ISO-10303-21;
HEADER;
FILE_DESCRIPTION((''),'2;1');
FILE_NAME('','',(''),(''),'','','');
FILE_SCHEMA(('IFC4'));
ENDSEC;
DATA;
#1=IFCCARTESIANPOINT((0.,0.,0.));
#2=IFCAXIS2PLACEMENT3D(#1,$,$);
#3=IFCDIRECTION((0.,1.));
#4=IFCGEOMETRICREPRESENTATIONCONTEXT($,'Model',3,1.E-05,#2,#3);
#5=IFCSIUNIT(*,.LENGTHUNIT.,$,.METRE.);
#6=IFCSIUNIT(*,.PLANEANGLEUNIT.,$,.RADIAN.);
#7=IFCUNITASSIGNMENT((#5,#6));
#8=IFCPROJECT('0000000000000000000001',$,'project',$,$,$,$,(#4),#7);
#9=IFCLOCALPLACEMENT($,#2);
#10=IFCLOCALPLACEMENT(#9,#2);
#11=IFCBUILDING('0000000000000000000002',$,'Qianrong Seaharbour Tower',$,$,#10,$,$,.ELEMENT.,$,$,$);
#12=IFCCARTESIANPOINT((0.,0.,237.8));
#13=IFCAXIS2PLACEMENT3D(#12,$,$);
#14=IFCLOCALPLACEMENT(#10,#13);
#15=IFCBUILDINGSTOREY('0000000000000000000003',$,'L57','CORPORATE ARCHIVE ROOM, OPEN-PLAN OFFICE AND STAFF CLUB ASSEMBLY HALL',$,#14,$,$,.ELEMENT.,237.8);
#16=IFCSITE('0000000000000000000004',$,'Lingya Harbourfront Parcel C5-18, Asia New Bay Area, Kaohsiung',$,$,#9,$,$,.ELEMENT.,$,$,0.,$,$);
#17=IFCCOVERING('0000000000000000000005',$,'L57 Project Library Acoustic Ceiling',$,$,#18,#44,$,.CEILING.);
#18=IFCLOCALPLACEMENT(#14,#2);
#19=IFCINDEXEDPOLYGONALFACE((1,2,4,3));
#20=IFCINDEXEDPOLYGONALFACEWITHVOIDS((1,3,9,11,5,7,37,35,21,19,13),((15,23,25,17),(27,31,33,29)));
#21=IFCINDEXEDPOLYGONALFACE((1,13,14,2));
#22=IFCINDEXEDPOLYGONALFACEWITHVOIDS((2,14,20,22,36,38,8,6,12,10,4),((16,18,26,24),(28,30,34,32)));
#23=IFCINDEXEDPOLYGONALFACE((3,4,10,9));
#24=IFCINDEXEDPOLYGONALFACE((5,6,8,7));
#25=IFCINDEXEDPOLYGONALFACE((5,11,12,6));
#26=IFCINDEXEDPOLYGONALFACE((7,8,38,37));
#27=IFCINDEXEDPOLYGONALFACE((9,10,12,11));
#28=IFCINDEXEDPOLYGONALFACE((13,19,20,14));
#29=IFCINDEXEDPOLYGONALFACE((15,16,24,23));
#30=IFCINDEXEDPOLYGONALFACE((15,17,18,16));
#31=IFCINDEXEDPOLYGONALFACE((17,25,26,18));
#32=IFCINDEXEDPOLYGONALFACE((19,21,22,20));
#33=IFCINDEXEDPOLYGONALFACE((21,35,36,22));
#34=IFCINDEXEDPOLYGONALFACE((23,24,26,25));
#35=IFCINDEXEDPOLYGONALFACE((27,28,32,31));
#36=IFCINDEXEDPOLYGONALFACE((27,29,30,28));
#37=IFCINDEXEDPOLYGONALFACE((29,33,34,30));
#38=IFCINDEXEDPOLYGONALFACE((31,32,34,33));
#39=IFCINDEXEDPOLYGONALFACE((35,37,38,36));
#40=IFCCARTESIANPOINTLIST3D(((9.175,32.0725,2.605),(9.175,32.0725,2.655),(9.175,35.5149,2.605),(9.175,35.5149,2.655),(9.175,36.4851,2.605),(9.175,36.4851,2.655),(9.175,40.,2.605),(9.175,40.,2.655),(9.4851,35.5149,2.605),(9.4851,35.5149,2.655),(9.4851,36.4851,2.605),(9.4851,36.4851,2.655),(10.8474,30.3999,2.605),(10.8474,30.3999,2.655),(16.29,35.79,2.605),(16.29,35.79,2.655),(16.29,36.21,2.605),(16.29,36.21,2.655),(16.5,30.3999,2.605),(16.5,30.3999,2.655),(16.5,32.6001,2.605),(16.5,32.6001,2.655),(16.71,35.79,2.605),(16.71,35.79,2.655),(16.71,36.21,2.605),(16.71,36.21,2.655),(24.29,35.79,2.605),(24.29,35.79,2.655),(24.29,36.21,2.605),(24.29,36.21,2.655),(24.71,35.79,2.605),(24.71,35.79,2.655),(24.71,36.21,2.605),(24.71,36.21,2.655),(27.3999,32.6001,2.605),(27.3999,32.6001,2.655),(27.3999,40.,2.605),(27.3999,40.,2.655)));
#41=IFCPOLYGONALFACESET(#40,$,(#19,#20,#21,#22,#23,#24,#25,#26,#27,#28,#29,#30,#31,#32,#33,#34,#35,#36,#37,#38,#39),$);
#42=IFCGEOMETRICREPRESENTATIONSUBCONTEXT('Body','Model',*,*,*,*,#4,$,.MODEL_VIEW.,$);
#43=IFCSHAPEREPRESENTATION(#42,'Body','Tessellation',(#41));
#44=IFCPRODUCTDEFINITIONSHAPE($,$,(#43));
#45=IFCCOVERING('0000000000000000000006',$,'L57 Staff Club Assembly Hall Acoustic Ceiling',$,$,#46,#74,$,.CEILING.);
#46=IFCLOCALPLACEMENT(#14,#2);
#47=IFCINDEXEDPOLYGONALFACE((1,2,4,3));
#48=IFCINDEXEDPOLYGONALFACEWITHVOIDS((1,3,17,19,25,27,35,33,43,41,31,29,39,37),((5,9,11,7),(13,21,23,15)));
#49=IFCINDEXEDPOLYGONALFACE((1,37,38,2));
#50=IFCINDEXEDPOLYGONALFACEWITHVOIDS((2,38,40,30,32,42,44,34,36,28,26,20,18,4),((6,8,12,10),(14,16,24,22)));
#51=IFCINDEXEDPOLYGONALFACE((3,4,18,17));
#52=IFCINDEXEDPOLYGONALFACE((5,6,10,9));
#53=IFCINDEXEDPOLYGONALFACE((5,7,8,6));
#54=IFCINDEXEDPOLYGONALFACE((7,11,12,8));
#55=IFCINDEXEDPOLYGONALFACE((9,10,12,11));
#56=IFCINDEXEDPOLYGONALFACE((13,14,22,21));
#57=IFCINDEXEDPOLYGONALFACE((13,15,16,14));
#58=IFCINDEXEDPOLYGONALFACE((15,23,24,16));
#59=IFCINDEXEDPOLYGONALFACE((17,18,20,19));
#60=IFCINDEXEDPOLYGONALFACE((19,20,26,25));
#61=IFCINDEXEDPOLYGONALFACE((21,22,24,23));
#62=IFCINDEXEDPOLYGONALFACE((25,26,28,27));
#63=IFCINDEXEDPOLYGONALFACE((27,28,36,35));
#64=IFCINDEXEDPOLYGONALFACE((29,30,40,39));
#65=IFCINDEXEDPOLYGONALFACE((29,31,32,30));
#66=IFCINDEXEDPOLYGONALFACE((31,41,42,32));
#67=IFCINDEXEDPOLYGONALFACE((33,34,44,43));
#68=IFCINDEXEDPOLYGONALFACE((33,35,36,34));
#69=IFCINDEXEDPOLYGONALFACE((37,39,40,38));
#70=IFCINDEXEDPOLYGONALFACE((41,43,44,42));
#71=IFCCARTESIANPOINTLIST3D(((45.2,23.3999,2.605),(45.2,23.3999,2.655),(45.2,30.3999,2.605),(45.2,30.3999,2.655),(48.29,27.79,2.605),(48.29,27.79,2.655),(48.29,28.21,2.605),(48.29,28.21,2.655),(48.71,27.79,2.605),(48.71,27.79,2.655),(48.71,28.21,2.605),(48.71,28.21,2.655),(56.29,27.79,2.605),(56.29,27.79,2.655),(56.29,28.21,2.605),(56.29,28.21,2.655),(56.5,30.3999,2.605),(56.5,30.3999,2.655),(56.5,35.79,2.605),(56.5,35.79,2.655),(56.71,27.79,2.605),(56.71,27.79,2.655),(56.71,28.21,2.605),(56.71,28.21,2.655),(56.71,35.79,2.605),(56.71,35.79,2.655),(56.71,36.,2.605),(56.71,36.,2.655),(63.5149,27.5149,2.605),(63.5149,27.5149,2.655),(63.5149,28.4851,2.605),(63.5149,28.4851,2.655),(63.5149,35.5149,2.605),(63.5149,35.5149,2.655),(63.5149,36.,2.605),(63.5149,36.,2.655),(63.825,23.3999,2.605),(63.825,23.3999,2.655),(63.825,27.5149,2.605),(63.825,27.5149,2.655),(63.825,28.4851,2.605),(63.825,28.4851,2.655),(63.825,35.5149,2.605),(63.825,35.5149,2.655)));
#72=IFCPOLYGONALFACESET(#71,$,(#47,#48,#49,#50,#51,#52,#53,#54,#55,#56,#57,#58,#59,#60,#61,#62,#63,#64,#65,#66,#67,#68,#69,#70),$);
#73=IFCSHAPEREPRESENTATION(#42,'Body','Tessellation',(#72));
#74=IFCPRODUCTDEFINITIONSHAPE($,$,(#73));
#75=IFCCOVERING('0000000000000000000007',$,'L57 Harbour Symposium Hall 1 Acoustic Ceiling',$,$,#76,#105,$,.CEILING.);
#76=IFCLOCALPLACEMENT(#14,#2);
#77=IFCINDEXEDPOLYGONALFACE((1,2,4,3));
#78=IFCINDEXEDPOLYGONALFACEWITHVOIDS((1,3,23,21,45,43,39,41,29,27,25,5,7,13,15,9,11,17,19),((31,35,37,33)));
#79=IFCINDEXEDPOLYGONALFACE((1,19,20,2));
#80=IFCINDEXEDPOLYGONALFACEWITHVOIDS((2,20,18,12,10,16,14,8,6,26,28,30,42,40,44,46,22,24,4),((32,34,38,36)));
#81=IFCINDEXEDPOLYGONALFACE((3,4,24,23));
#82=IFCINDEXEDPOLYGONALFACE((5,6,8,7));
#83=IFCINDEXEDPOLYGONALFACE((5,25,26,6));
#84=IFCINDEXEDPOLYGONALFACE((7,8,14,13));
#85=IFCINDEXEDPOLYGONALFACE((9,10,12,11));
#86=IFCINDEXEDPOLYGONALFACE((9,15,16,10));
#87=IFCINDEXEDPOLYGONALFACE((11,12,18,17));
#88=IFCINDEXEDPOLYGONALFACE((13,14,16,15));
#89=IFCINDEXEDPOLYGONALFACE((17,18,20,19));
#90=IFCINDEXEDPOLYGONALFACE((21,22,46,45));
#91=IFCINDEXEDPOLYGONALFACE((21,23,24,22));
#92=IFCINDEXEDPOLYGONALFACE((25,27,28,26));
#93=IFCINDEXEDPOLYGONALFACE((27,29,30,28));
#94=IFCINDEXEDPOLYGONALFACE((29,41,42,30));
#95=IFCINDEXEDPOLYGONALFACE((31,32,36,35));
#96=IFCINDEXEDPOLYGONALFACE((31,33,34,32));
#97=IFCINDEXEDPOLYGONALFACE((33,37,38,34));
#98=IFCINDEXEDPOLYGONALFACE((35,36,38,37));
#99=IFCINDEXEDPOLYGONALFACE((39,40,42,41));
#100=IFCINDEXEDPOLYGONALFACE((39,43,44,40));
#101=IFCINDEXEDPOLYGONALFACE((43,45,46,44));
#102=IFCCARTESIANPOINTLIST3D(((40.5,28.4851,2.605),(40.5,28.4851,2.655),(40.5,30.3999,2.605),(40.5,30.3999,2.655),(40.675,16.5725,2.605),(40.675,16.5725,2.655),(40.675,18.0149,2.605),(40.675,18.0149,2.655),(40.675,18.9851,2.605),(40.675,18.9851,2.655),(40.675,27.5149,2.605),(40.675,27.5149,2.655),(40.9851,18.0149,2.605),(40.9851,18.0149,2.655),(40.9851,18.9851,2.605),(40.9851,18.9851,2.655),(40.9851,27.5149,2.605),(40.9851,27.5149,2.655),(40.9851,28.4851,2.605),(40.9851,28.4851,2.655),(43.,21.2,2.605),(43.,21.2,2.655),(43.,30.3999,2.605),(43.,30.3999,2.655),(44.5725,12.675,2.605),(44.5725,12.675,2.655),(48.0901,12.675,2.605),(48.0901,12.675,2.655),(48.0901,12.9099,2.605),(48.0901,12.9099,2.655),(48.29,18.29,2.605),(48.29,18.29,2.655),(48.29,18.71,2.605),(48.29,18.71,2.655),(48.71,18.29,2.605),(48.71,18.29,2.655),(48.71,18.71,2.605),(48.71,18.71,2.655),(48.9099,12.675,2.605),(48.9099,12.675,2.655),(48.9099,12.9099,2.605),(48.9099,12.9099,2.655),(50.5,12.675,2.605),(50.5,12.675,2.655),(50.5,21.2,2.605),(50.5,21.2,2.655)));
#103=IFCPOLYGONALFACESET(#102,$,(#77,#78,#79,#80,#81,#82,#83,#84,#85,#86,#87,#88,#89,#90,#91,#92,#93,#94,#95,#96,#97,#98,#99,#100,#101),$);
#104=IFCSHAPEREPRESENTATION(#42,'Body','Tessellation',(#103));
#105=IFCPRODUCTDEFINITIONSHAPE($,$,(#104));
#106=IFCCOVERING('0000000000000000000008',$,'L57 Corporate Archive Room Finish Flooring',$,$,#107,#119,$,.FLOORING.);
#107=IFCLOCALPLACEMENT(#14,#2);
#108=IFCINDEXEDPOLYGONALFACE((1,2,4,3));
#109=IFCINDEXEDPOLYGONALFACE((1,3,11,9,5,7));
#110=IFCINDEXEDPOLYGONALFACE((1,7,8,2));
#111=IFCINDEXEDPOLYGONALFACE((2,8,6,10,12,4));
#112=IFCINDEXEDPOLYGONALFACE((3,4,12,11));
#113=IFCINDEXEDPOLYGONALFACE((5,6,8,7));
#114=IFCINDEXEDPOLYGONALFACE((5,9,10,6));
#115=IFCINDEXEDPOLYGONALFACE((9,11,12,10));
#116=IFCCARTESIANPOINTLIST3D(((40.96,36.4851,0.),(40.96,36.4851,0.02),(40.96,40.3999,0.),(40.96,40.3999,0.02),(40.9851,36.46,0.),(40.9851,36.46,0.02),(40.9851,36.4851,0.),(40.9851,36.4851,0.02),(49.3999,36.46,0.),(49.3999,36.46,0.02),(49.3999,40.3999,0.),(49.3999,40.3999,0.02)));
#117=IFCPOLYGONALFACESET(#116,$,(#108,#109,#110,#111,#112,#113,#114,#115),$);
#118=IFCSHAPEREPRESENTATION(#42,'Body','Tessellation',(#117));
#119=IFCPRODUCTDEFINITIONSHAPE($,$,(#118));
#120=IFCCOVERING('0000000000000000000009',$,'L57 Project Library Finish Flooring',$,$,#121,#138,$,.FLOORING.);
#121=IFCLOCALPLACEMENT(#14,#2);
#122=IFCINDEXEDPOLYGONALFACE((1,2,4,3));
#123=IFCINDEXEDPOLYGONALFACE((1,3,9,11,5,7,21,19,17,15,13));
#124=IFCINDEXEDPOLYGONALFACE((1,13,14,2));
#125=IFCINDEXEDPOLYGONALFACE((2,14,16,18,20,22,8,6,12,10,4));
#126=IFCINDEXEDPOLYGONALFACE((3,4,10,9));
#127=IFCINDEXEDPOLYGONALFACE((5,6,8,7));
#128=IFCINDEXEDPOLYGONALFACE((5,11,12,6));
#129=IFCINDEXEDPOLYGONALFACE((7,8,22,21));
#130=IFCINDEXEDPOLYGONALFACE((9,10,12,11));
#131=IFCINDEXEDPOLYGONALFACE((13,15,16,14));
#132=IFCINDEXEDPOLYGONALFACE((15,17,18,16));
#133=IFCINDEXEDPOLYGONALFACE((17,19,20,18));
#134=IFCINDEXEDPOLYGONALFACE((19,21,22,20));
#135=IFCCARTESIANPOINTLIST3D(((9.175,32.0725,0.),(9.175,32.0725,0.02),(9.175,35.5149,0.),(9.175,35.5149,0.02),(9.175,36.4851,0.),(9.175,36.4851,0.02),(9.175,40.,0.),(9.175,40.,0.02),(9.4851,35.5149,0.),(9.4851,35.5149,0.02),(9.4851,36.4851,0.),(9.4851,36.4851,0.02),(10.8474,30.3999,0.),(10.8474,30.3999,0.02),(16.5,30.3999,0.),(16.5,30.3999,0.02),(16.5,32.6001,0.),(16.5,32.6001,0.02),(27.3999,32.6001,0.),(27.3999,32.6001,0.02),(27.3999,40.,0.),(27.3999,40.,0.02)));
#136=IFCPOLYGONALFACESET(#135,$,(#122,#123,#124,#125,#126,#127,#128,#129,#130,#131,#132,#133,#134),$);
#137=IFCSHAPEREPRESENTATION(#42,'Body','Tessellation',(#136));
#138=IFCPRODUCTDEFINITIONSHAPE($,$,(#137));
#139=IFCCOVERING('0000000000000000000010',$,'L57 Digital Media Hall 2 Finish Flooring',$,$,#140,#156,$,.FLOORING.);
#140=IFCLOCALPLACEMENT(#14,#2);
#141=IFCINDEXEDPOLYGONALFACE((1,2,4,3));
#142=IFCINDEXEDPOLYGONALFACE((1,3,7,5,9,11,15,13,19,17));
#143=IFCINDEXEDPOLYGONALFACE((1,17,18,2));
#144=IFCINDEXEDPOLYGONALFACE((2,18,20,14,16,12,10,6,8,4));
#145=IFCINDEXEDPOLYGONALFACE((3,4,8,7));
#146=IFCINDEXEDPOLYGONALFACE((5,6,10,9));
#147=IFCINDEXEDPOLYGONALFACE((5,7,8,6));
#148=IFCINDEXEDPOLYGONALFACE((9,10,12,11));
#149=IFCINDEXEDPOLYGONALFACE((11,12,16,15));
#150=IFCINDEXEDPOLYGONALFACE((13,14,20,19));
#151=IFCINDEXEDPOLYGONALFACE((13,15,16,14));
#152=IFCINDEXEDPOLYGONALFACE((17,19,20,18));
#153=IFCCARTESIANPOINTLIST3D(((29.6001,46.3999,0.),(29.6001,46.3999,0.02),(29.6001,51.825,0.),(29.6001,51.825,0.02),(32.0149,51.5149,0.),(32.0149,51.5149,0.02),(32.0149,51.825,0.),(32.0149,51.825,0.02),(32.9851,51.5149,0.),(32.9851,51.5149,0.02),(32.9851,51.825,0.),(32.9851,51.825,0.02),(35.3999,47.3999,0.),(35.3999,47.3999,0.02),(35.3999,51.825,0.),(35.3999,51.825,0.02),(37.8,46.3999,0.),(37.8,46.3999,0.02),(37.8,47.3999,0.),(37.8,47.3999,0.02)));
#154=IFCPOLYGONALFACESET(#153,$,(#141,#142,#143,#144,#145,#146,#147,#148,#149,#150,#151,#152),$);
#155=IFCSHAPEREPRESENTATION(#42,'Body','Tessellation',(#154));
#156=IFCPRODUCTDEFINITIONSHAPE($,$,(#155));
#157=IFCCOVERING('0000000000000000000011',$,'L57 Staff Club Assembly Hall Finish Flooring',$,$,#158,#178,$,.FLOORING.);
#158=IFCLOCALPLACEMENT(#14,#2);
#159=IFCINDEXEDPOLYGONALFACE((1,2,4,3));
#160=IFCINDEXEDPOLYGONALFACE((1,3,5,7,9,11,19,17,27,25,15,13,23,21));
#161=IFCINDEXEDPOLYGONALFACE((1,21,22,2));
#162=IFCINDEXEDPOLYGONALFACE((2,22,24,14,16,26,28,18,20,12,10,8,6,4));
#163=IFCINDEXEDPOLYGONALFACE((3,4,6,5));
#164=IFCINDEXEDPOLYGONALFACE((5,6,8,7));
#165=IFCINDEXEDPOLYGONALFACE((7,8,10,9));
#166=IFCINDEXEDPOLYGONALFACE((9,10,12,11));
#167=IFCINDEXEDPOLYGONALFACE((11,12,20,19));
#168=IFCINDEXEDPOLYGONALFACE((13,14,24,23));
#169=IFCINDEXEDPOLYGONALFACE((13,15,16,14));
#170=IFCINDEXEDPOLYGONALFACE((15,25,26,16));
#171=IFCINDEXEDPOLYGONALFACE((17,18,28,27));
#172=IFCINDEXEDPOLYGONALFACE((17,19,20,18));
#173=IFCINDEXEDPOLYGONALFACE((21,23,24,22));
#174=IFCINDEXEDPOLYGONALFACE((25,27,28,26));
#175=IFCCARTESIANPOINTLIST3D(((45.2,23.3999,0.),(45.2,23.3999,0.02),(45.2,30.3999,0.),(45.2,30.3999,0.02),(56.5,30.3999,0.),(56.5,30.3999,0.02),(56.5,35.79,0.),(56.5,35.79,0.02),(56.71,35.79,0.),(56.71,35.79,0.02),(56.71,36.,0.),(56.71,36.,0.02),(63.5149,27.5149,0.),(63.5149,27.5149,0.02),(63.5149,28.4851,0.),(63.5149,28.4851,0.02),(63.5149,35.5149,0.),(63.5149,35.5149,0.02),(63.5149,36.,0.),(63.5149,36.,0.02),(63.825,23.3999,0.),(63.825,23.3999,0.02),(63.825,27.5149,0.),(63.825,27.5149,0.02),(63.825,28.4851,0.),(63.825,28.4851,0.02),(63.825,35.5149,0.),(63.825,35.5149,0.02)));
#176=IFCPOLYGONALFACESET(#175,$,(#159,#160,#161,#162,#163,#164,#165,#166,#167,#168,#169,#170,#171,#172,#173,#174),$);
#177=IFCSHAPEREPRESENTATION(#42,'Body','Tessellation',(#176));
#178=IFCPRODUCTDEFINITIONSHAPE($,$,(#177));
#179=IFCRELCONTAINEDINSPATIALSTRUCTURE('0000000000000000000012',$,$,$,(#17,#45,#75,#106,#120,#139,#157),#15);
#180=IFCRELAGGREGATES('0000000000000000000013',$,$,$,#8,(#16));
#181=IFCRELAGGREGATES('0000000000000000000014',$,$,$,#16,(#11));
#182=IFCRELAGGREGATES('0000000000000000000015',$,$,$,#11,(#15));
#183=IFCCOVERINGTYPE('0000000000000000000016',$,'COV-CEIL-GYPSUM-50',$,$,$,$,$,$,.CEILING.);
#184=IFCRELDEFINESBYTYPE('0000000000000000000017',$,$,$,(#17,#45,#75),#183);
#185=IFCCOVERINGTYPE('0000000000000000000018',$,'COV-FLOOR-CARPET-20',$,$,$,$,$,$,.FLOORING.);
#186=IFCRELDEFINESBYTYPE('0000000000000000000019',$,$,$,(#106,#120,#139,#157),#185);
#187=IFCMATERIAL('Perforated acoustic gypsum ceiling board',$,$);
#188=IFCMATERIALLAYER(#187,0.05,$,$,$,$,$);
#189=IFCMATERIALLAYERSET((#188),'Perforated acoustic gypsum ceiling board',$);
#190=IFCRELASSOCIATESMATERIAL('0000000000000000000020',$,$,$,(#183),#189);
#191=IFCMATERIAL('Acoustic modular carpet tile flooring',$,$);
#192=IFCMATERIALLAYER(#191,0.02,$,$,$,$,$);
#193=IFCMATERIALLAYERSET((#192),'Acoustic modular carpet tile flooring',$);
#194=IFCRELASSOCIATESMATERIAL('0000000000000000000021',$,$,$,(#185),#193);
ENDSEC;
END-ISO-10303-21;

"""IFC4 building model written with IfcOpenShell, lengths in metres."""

from ifc_helpers import new_model, si_unit, direction, frame, origin, place, context, subcontext, project, spatial, polyline, outline, extrude, material, layer, layer_set, type_object, element, save


model = new_model("IFC4")

# Units and contexts
model_context = context("Model", 3, precision=1e-05, world=origin(), true_north=direction((0.0, 1.0)))
body_context = subcontext(model_context, "Body", "Model", "MODEL_VIEW")
ifc_project = project(units=[si_unit("LENGTHUNIT", "METRE"), si_unit("PLANEANGLEUNIT", "RADIAN")], contexts=[model_context])

# Site, building, storey
site_placement = place(None, origin())
site = spatial("IfcSite", under=ifc_project, at=site_placement, Name="Lingya Harbourfront Parcel C5-18, Asia New Bay Area, Kaohsiung", CompositionType="ELEMENT", RefElevation=0.0)
building_placement = place(site_placement, origin())
building = spatial("IfcBuilding", under=site, at=building_placement, Name="Qianrong Seaharbour Tower", CompositionType="ELEMENT")
storey_placement = place(building_placement, frame((0.0, 0.0, 237.8)))
storey = spatial("IfcBuildingStorey", under=building, at=storey_placement, Name="L57", Description="CORPORATE ARCHIVE ROOM, OPEN-PLAN OFFICE AND STAFF CLUB ASSEMBLY HALL", CompositionType="ELEMENT", Elevation=237.8)

# Coverings
ifc_material_1 = material(Name="Perforated acoustic gypsum ceiling board")
ifc_layer_1 = layer(ifc_material_1, 0.05)
ifc_layer_set_1 = layer_set([ifc_layer_1], Name="Perforated acoustic gypsum ceiling board")
covering_type_1 = type_object("IfcCoveringType", Name="COV-CEIL-GYPSUM-50", PredefinedType="CEILING", material=ifc_layer_set_1)
covering_1_placement = place(storey_placement, frame((0.0, 0.0, 2.605)))
element("IfcCovering", 1, at=covering_1_placement, inside=storey, type_object=covering_type_1, Name="L57 Project Library Acoustic Ceiling", PredefinedType="CEILING", context=body_context, shape_type="SweptSolid", body=[
    extrude(outline(polyline([(16.5, 32.6001), (16.5, 30.3999), (10.8474, 30.3999), (9.175, 32.0725), (9.175, 35.5149), (9.4851, 35.5149), (9.4851, 36.4851), (9.175, 36.4851), (9.175, 40.0), (27.3999, 40.0), (27.3999, 32.6001), (16.5, 32.6001)]), holes=[polyline([(24.71, 35.79), (24.71, 36.21), (24.29, 36.21), (24.29, 35.79), (24.71, 35.79)]), polyline([(16.71, 35.79), (16.71, 36.21), (16.29, 36.21), (16.29, 35.79), (16.71, 35.79)])]), origin(), (0.0, 0.0, 1.0), 0.05),
])
covering_2_placement = place(storey_placement, frame((0.0, 0.0, 2.605)))
element("IfcCovering", 2, at=covering_2_placement, inside=storey, type_object=covering_type_1, Name="L57 Staff Club Assembly Hall Acoustic Ceiling", PredefinedType="CEILING", context=body_context, shape_type="SweptSolid", body=[
    extrude(outline(polyline([(56.5, 30.3999), (56.5, 35.79), (56.71, 35.79), (56.71, 36.0), (63.5149, 36.0), (63.5149, 35.5149), (63.825, 35.5149), (63.825, 28.4851), (63.5149, 28.4851), (63.5149, 27.5149), (63.825, 27.5149), (63.825, 23.3999), (45.2, 23.3999), (45.2, 30.3999), (56.5, 30.3999)]), holes=[polyline([(56.71, 27.79), (56.71, 28.21), (56.29, 28.21), (56.29, 27.79), (56.71, 27.79)]), polyline([(48.71, 27.79), (48.71, 28.21), (48.29, 28.21), (48.29, 27.79), (48.71, 27.79)])]), origin(), (0.0, 0.0, 1.0), 0.05),
])
covering_3_placement = place(storey_placement, frame((0.0, 0.0, 2.605)))
element("IfcCovering", 3, at=covering_3_placement, inside=storey, type_object=covering_type_1, Name="L57 Harbour Symposium Hall 1 Acoustic Ceiling", PredefinedType="CEILING", context=body_context, shape_type="SweptSolid", body=[
    extrude(outline(polyline([(43.0, 21.2), (50.5, 21.2), (50.5, 12.675), (48.9099, 12.675), (48.9099, 12.9099), (48.0901, 12.9099), (48.0901, 12.675), (44.5725, 12.675), (40.675, 16.5725), (40.675, 18.0149), (40.9851, 18.0149), (40.9851, 18.9851), (40.675, 18.9851), (40.675, 27.5149), (40.9851, 27.5149), (40.9851, 28.4851), (40.5, 28.4851), (40.5, 30.3999), (43.0, 30.3999), (43.0, 21.2)]), holes=[polyline([(48.71, 18.29), (48.71, 18.71), (48.29, 18.71), (48.29, 18.29), (48.71, 18.29)])]), origin(), (0.0, 0.0, 1.0), 0.05),
])
ifc_material_2 = material(Name="Acoustic modular carpet tile flooring")
ifc_layer_2 = layer(ifc_material_2, 0.02)
ifc_layer_set_2 = layer_set([ifc_layer_2], Name="Acoustic modular carpet tile flooring")
covering_type_2 = type_object("IfcCoveringType", Name="COV-FLOOR-CARPET-20", PredefinedType="FLOORING", material=ifc_layer_set_2)
covering_4_placement = place(storey_placement, origin())
element("IfcCovering", 4, at=covering_4_placement, inside=storey, type_object=covering_type_2, Name="L57 Corporate Archive Room Finish Flooring", PredefinedType="FLOORING", context=body_context, shape_type="SweptSolid", body=[
    extrude(outline(polyline([(49.3999, 40.3999), (49.3999, 36.46), (40.9851, 36.46), (40.9851, 36.4851), (40.96, 36.4851), (40.96, 40.3999), (49.3999, 40.3999)])), origin(), (0.0, 0.0, 1.0), 0.02),
])
covering_5_placement = place(storey_placement, origin())
element("IfcCovering", 5, at=covering_5_placement, inside=storey, type_object=covering_type_2, Name="L57 Project Library Finish Flooring", PredefinedType="FLOORING", context=body_context, shape_type="SweptSolid", body=[
    extrude(outline(polyline([(16.5, 32.6001), (16.5, 30.3999), (10.8474, 30.3999), (9.175, 32.0725), (9.175, 35.5149), (9.4851, 35.5149), (9.4851, 36.4851), (9.175, 36.4851), (9.175, 40.0), (27.3999, 40.0), (27.3999, 32.6001), (16.5, 32.6001)])), origin(), (0.0, 0.0, 1.0), 0.02),
])
covering_6_placement = place(storey_placement, origin())
element("IfcCovering", 6, at=covering_6_placement, inside=storey, type_object=covering_type_2, Name="L57 Digital Media Hall 2 Finish Flooring", PredefinedType="FLOORING", context=body_context, shape_type="SweptSolid", body=[
    extrude(outline(polyline([(32.0149, 51.825), (32.0149, 51.5149), (32.9851, 51.5149), (32.9851, 51.825), (35.3999, 51.825), (35.3999, 47.3999), (37.8, 47.3999), (37.8, 46.3999), (29.6001, 46.3999), (29.6001, 51.825), (32.0149, 51.825)])), origin(), (0.0, 0.0, 1.0), 0.02),
])
covering_7_placement = place(storey_placement, origin())
element("IfcCovering", 7, at=covering_7_placement, inside=storey, type_object=covering_type_2, Name="L57 Staff Club Assembly Hall Finish Flooring", PredefinedType="FLOORING", context=body_context, shape_type="SweptSolid", body=[
    extrude(outline(polyline([(56.5, 30.3999), (56.5, 35.79), (56.71, 35.79), (56.71, 36.0), (63.5149, 36.0), (63.5149, 35.5149), (63.825, 35.5149), (63.825, 28.4851), (63.5149, 28.4851), (63.5149, 27.5149), (63.825, 27.5149), (63.825, 23.3999), (45.2, 23.3999), (45.2, 30.3999), (56.5, 30.3999)])), origin(), (0.0, 0.0, 1.0), 0.02),
])

save(model, "model.ifc")
